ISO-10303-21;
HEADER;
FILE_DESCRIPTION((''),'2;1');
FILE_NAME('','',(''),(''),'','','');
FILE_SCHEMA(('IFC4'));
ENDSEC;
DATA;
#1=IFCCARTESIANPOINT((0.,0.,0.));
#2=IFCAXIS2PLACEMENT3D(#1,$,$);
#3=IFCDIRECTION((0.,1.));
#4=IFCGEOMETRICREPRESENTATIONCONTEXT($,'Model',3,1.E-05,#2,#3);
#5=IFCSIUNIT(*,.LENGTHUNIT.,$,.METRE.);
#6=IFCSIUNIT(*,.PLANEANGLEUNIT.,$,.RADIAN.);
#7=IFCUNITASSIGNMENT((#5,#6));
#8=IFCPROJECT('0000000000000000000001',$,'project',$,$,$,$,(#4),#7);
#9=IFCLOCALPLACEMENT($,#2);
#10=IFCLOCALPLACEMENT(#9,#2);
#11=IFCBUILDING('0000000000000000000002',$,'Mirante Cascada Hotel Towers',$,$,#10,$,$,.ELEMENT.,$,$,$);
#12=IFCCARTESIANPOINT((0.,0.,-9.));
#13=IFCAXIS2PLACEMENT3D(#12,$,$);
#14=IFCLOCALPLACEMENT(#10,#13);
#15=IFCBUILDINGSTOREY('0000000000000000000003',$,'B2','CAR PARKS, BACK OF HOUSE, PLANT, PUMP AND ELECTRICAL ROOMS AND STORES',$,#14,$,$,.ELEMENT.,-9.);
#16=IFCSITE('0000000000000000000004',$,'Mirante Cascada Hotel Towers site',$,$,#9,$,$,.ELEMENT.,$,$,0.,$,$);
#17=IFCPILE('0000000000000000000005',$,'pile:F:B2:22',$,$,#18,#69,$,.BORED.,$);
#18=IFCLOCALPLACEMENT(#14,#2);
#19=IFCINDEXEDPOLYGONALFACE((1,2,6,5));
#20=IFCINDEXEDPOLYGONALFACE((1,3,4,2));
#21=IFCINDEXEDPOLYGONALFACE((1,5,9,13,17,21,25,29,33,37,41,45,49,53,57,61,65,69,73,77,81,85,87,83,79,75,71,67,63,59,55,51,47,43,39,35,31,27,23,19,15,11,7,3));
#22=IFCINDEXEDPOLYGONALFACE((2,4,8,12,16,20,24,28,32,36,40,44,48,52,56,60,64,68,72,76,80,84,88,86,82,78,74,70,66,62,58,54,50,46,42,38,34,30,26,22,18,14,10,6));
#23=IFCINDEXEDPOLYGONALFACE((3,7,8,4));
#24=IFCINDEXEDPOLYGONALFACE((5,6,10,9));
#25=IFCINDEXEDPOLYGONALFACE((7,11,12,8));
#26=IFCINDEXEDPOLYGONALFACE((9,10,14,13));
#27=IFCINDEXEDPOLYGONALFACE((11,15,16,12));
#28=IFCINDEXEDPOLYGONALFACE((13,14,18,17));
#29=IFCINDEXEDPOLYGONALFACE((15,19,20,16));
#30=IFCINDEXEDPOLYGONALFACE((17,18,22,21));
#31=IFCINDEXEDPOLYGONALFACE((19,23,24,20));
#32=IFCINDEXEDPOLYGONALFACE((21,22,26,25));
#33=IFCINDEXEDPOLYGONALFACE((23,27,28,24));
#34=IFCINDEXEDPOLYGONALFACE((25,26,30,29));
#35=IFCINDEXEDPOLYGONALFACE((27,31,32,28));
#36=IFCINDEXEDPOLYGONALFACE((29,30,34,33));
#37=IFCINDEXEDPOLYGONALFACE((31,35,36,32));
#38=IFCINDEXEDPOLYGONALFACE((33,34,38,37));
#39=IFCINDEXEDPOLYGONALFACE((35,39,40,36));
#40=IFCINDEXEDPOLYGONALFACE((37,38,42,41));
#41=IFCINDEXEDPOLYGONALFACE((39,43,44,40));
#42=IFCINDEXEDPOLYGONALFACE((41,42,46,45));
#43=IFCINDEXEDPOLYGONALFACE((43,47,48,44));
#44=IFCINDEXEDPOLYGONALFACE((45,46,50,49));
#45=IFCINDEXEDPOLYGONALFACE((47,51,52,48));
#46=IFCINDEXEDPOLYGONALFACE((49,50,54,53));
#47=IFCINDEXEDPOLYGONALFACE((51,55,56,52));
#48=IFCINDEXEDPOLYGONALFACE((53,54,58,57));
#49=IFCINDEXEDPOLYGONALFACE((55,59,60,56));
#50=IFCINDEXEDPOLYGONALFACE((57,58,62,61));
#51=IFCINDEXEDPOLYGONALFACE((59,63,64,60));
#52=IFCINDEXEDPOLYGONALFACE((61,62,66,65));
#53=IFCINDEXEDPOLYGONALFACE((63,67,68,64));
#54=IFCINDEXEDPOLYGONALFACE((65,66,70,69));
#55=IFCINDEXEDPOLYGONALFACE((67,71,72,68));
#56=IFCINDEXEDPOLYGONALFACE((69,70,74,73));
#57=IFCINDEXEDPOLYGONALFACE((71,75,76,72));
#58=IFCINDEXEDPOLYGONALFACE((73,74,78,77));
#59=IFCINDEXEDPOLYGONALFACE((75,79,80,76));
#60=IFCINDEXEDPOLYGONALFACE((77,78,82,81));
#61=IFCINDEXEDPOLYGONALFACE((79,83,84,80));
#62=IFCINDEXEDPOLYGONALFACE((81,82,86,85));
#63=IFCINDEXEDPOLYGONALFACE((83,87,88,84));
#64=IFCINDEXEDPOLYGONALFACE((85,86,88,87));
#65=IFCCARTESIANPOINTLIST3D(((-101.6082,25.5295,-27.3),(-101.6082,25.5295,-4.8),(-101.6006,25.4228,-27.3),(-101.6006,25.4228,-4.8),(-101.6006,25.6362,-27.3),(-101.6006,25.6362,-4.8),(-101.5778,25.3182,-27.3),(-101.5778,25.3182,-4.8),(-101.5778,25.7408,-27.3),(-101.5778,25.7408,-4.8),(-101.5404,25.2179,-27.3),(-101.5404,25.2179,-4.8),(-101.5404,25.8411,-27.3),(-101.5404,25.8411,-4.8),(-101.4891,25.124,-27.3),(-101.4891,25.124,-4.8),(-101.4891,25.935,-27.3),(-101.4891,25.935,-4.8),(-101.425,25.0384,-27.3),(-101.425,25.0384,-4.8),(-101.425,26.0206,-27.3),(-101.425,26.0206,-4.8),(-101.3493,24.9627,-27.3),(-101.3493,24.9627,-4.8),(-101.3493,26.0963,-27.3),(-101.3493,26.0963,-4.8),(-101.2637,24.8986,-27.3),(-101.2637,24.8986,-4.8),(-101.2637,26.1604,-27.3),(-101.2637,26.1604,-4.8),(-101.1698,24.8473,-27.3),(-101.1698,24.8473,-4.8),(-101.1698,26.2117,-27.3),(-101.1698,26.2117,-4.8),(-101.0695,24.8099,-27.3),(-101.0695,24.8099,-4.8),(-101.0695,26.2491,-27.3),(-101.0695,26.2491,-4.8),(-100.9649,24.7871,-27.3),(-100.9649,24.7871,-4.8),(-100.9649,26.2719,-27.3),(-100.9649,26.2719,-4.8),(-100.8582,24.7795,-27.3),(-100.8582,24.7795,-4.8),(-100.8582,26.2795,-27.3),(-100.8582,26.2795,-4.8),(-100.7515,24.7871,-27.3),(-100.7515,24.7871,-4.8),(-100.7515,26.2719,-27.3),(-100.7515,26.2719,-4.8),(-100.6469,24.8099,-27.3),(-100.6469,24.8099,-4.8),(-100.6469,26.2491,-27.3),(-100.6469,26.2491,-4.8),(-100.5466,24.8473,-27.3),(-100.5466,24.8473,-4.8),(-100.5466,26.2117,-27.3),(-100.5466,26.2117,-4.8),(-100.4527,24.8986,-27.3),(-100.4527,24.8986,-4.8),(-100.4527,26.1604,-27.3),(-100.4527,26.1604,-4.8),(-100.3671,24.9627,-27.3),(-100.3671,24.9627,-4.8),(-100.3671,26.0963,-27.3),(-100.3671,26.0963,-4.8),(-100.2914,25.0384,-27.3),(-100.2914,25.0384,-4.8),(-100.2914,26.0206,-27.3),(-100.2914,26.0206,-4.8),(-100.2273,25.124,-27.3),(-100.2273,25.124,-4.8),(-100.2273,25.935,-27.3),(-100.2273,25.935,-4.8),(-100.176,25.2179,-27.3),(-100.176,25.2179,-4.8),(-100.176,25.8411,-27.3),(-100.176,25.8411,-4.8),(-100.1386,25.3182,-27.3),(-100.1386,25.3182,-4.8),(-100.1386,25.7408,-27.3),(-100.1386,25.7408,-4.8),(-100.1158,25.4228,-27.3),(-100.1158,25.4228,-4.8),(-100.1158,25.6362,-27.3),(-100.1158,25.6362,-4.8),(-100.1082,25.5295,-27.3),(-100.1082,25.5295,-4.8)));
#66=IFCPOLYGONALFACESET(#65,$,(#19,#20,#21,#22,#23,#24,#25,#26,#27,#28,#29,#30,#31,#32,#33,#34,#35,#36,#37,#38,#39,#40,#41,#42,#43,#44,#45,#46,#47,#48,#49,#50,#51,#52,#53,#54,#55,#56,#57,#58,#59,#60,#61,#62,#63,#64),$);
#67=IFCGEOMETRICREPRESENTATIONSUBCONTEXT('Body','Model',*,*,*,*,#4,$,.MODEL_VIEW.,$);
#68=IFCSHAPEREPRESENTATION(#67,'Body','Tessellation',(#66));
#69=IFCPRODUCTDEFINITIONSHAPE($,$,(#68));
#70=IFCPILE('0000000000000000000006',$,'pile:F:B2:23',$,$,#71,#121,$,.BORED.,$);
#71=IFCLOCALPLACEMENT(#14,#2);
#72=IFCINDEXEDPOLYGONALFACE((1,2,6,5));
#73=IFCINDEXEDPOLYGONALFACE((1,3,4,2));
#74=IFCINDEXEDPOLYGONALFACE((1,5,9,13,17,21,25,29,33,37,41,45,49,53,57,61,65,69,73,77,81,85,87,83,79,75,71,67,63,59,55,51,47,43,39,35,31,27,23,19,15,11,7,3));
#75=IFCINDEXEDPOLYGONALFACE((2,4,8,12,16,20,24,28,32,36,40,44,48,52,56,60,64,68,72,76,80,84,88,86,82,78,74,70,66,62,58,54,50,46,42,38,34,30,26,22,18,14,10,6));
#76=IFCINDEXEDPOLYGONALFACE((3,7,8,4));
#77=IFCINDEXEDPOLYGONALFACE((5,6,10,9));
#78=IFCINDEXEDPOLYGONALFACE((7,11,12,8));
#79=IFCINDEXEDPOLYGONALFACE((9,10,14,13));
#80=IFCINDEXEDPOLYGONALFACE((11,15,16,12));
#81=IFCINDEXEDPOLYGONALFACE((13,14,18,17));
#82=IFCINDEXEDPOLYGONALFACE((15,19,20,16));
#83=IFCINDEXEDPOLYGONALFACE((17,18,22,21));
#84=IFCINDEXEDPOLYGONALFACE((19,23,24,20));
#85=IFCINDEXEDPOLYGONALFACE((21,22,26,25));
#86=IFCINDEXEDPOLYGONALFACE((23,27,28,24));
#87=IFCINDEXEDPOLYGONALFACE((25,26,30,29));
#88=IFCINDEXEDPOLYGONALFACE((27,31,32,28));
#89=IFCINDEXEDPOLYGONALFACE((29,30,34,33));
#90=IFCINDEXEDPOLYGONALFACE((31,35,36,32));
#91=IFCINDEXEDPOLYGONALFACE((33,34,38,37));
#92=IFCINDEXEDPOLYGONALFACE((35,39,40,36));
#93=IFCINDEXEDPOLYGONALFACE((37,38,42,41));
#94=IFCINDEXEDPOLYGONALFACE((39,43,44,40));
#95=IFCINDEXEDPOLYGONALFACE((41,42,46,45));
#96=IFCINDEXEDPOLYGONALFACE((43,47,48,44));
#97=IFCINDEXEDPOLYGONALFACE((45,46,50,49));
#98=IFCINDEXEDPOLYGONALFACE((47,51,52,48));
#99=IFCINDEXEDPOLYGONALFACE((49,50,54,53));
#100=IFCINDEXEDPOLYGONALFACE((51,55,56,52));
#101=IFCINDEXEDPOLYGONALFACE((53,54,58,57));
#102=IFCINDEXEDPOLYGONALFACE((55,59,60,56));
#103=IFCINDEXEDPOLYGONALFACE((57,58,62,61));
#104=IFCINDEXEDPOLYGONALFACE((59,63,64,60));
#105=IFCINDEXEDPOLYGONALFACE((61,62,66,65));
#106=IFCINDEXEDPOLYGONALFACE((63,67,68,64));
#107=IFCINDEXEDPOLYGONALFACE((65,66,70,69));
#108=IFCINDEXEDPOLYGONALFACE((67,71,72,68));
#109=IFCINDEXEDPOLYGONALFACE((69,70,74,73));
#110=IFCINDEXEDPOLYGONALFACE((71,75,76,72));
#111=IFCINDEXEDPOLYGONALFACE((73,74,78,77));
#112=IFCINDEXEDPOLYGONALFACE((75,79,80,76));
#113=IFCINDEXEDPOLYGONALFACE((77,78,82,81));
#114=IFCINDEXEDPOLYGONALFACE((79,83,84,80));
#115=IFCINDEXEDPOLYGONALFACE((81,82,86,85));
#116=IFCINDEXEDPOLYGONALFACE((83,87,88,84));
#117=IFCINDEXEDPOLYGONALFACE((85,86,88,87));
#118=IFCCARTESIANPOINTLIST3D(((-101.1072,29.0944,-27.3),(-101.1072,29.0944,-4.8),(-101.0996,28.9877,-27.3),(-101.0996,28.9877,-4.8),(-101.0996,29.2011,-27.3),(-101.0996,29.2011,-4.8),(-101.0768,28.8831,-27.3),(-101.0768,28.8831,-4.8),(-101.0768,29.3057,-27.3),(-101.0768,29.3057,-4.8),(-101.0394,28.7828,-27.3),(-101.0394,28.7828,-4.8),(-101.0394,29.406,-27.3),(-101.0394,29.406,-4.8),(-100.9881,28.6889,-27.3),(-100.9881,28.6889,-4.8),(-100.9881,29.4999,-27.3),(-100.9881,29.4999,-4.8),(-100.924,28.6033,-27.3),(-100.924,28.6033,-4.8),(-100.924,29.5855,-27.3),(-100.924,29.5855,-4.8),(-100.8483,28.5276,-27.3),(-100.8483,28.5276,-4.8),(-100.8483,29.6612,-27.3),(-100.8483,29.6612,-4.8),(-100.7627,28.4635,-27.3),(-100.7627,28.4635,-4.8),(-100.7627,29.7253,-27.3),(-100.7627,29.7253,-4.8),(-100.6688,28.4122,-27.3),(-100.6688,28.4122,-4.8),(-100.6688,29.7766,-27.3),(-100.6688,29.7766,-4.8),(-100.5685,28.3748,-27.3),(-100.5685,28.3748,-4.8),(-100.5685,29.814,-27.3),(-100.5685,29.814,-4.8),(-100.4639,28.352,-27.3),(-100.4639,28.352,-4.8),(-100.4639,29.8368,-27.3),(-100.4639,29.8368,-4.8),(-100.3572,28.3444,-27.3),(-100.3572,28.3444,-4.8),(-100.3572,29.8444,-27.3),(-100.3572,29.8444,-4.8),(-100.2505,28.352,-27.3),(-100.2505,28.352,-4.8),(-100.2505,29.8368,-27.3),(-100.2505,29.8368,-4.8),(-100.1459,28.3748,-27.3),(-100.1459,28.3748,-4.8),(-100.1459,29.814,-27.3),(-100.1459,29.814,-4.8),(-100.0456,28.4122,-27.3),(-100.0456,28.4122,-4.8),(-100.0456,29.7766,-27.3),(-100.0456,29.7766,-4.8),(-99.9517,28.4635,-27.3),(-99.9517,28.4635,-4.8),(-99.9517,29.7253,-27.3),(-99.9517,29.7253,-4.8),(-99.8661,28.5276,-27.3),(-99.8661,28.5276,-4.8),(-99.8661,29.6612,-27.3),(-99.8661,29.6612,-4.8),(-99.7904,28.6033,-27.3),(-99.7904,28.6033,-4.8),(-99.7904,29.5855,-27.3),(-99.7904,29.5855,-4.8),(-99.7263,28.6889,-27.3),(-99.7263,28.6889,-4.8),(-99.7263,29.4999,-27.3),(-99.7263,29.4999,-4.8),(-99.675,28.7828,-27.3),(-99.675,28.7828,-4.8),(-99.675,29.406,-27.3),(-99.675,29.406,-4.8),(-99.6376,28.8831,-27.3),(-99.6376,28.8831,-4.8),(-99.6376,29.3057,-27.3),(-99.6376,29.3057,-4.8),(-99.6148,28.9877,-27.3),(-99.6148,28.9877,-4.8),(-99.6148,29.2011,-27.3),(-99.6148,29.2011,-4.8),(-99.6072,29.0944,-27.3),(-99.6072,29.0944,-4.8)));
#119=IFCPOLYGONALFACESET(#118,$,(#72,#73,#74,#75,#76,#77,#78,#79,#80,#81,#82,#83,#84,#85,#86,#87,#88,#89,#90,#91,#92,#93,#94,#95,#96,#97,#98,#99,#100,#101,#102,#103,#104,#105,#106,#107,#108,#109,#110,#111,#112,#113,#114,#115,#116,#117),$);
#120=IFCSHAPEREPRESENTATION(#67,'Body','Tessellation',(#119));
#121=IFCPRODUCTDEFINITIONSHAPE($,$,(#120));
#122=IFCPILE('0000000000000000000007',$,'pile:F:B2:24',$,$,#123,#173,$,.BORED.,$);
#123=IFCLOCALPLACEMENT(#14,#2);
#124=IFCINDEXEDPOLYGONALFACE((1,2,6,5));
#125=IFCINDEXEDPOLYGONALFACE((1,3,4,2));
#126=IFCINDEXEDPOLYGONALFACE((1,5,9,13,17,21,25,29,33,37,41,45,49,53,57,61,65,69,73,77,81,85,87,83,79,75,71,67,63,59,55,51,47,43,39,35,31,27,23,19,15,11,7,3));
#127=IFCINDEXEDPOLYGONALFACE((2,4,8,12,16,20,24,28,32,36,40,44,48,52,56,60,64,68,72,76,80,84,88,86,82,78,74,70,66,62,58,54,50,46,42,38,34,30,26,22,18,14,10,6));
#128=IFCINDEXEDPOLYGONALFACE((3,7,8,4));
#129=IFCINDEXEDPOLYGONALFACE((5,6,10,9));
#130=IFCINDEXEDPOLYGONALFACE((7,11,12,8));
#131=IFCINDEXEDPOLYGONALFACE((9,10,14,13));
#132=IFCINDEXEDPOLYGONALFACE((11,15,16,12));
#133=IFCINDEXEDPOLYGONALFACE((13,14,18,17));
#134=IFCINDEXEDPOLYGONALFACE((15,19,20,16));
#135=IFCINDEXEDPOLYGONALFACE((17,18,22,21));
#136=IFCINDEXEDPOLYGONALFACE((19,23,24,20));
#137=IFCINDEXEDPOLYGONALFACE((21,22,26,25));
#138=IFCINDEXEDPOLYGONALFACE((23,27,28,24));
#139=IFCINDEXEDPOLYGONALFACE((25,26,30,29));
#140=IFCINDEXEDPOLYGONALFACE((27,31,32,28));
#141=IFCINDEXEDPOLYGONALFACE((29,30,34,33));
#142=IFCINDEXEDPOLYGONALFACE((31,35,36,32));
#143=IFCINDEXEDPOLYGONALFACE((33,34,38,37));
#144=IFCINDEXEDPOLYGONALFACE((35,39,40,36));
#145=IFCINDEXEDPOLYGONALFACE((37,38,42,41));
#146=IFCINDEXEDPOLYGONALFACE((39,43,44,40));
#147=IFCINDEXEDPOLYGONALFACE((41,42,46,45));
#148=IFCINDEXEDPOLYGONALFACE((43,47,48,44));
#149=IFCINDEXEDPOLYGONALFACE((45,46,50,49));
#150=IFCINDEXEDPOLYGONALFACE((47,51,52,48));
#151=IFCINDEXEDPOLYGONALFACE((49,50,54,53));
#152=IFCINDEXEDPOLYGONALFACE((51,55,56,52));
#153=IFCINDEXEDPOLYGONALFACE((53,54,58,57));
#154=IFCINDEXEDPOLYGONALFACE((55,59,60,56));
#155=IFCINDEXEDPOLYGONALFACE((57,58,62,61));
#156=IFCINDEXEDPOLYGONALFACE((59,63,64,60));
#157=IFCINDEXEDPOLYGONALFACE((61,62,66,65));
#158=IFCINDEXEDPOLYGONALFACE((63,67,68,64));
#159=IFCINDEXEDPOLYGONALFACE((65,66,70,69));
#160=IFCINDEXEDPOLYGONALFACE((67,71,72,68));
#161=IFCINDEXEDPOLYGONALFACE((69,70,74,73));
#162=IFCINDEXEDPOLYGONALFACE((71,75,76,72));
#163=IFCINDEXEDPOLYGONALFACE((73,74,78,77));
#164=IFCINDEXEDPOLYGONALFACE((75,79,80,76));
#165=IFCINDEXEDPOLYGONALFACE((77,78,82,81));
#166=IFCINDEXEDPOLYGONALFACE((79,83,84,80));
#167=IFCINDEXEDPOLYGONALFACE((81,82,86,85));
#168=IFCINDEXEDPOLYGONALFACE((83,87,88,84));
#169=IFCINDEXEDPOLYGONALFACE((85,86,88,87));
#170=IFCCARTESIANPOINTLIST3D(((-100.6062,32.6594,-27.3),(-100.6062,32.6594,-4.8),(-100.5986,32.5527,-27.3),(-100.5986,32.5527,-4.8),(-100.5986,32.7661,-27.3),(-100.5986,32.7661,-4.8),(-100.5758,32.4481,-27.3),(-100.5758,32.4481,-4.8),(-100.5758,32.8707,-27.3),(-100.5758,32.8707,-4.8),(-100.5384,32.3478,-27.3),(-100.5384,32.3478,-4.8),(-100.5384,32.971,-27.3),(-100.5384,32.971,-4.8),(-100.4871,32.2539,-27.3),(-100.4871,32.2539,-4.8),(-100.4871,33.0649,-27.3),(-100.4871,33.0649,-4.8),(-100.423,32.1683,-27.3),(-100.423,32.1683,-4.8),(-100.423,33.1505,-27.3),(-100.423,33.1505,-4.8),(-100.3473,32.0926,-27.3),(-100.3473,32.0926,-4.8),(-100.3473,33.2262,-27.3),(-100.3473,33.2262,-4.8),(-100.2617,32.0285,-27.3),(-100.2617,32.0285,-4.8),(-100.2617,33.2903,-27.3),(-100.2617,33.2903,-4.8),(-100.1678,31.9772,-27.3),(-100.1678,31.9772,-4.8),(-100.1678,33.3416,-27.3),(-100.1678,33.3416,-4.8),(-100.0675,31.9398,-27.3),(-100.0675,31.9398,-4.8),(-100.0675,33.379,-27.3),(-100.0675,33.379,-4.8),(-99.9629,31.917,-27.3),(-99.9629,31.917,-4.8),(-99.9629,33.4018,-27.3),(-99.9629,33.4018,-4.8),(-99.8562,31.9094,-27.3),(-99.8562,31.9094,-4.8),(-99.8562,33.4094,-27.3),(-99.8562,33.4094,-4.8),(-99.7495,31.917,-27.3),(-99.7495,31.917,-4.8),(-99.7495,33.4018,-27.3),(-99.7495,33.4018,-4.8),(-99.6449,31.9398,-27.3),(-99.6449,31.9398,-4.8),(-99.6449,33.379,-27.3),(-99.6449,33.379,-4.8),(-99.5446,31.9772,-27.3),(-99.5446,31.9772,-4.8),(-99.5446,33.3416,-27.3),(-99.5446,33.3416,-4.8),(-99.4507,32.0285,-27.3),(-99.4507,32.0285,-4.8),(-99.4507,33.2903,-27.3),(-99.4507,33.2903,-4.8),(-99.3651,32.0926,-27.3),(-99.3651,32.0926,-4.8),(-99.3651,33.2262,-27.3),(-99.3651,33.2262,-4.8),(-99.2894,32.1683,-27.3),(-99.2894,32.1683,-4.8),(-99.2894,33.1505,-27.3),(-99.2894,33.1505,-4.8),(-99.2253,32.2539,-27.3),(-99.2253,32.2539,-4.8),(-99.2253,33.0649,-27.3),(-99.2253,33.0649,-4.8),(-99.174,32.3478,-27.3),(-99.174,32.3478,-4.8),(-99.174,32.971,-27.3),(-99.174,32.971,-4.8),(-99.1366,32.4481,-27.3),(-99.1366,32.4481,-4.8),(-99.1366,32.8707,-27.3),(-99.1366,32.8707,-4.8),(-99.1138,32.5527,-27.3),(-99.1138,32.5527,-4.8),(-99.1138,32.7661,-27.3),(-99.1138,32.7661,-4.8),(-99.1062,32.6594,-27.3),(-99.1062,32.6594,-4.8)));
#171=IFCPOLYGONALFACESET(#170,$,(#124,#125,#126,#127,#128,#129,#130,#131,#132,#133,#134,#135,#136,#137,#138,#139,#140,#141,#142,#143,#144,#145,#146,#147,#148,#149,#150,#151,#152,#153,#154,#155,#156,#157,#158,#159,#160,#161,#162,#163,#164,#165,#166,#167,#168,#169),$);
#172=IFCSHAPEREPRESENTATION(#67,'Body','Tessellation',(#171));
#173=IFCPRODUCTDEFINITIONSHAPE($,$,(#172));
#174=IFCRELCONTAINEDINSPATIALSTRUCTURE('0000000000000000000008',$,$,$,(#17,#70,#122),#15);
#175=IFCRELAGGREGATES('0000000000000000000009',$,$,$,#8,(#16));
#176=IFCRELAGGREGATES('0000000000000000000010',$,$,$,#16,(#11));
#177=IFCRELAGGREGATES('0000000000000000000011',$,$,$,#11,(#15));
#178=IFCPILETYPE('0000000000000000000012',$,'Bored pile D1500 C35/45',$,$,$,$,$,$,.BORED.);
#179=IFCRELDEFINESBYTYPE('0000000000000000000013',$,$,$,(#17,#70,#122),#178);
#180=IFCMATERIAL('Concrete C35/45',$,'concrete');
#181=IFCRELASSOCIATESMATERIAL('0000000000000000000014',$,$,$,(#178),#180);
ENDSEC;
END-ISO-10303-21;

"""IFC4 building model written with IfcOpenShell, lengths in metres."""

from ifc_helpers import new_model, si_unit, direction, frame, origin, origin_2d, place, context, subcontext, project, spatial, circle, extrude, material, material_profile, profile_set, type_object, element, save


model = new_model("IFC4")

# Units and contexts
model_context = context("Model", 3, precision=1e-05, world=origin(), true_north=direction((0.0, 1.0)))
body_context = subcontext(model_context, "Body", "Model", "MODEL_VIEW")
ifc_project = project(units=[si_unit("LENGTHUNIT", "METRE"), si_unit("PLANEANGLEUNIT", "RADIAN")], contexts=[model_context])

# Site, building, storey
site_placement = place(None, origin())
site = spatial("IfcSite", under=ifc_project, at=site_placement, Name="Mirante Cascada Hotel Towers site", CompositionType="ELEMENT", RefElevation=0.0)
building_placement = place(site_placement, origin())
building = spatial("IfcBuilding", under=site, at=building_placement, Name="Mirante Cascada Hotel Towers", CompositionType="ELEMENT")
storey_placement = place(building_placement, frame((0.0, 0.0, -9.0)))
storey = spatial("IfcBuildingStorey", under=building, at=storey_placement, Name="B2", Description="CAR PARKS, BACK OF HOUSE, PLANT, PUMP AND ELECTRICAL ROOMS AND STORES", CompositionType="ELEMENT", Elevation=-9.0)

# Piles
ifc_material_1 = material(Name="Concrete C35/45", Category="concrete")
ifc_material_profile_1 = material_profile(ifc_material_1, circle(Radius=0.75, at=origin_2d()), Name="RC D1500")
ifc_profile_set_1 = profile_set([ifc_material_profile_1], Name="Concrete C35/45")
pile_type = type_object("IfcPileType", Name="Bored pile D1500 C35/45", PredefinedType="BORED", material=ifc_profile_set_1)
for number, where, z_axis, x_axis, name in (
    (1, (-100.8582, 25.5295, -4.8), (0.0, 0.0, -1.0), (1.0, 0.0, 0.0), "pile:F:B2:22"),
    (2, (-100.3572, 29.0944, -4.8), (0.0, 0.0, -1.0), (1.0, 0.0, 0.0), "pile:F:B2:23"),
    (3, (-99.8562, 32.6594, -4.8), (0.0, 0.0, -1.0), (1.0, 0.0, 0.0), "pile:F:B2:24"),
):
    element("IfcPile", number, at=place(storey_placement, frame(where, z_axis=z_axis, x_axis=x_axis)), inside=storey, type_object=pile_type, Name=name, PredefinedType="BORED", context=body_context, shape_type="SweptSolid", body=[
        extrude(circle(Radius=0.75, at=origin_2d()), origin(), (0.0, 0.0, 1.0), 22.5),
    ])

save(model, "model.ifc")
